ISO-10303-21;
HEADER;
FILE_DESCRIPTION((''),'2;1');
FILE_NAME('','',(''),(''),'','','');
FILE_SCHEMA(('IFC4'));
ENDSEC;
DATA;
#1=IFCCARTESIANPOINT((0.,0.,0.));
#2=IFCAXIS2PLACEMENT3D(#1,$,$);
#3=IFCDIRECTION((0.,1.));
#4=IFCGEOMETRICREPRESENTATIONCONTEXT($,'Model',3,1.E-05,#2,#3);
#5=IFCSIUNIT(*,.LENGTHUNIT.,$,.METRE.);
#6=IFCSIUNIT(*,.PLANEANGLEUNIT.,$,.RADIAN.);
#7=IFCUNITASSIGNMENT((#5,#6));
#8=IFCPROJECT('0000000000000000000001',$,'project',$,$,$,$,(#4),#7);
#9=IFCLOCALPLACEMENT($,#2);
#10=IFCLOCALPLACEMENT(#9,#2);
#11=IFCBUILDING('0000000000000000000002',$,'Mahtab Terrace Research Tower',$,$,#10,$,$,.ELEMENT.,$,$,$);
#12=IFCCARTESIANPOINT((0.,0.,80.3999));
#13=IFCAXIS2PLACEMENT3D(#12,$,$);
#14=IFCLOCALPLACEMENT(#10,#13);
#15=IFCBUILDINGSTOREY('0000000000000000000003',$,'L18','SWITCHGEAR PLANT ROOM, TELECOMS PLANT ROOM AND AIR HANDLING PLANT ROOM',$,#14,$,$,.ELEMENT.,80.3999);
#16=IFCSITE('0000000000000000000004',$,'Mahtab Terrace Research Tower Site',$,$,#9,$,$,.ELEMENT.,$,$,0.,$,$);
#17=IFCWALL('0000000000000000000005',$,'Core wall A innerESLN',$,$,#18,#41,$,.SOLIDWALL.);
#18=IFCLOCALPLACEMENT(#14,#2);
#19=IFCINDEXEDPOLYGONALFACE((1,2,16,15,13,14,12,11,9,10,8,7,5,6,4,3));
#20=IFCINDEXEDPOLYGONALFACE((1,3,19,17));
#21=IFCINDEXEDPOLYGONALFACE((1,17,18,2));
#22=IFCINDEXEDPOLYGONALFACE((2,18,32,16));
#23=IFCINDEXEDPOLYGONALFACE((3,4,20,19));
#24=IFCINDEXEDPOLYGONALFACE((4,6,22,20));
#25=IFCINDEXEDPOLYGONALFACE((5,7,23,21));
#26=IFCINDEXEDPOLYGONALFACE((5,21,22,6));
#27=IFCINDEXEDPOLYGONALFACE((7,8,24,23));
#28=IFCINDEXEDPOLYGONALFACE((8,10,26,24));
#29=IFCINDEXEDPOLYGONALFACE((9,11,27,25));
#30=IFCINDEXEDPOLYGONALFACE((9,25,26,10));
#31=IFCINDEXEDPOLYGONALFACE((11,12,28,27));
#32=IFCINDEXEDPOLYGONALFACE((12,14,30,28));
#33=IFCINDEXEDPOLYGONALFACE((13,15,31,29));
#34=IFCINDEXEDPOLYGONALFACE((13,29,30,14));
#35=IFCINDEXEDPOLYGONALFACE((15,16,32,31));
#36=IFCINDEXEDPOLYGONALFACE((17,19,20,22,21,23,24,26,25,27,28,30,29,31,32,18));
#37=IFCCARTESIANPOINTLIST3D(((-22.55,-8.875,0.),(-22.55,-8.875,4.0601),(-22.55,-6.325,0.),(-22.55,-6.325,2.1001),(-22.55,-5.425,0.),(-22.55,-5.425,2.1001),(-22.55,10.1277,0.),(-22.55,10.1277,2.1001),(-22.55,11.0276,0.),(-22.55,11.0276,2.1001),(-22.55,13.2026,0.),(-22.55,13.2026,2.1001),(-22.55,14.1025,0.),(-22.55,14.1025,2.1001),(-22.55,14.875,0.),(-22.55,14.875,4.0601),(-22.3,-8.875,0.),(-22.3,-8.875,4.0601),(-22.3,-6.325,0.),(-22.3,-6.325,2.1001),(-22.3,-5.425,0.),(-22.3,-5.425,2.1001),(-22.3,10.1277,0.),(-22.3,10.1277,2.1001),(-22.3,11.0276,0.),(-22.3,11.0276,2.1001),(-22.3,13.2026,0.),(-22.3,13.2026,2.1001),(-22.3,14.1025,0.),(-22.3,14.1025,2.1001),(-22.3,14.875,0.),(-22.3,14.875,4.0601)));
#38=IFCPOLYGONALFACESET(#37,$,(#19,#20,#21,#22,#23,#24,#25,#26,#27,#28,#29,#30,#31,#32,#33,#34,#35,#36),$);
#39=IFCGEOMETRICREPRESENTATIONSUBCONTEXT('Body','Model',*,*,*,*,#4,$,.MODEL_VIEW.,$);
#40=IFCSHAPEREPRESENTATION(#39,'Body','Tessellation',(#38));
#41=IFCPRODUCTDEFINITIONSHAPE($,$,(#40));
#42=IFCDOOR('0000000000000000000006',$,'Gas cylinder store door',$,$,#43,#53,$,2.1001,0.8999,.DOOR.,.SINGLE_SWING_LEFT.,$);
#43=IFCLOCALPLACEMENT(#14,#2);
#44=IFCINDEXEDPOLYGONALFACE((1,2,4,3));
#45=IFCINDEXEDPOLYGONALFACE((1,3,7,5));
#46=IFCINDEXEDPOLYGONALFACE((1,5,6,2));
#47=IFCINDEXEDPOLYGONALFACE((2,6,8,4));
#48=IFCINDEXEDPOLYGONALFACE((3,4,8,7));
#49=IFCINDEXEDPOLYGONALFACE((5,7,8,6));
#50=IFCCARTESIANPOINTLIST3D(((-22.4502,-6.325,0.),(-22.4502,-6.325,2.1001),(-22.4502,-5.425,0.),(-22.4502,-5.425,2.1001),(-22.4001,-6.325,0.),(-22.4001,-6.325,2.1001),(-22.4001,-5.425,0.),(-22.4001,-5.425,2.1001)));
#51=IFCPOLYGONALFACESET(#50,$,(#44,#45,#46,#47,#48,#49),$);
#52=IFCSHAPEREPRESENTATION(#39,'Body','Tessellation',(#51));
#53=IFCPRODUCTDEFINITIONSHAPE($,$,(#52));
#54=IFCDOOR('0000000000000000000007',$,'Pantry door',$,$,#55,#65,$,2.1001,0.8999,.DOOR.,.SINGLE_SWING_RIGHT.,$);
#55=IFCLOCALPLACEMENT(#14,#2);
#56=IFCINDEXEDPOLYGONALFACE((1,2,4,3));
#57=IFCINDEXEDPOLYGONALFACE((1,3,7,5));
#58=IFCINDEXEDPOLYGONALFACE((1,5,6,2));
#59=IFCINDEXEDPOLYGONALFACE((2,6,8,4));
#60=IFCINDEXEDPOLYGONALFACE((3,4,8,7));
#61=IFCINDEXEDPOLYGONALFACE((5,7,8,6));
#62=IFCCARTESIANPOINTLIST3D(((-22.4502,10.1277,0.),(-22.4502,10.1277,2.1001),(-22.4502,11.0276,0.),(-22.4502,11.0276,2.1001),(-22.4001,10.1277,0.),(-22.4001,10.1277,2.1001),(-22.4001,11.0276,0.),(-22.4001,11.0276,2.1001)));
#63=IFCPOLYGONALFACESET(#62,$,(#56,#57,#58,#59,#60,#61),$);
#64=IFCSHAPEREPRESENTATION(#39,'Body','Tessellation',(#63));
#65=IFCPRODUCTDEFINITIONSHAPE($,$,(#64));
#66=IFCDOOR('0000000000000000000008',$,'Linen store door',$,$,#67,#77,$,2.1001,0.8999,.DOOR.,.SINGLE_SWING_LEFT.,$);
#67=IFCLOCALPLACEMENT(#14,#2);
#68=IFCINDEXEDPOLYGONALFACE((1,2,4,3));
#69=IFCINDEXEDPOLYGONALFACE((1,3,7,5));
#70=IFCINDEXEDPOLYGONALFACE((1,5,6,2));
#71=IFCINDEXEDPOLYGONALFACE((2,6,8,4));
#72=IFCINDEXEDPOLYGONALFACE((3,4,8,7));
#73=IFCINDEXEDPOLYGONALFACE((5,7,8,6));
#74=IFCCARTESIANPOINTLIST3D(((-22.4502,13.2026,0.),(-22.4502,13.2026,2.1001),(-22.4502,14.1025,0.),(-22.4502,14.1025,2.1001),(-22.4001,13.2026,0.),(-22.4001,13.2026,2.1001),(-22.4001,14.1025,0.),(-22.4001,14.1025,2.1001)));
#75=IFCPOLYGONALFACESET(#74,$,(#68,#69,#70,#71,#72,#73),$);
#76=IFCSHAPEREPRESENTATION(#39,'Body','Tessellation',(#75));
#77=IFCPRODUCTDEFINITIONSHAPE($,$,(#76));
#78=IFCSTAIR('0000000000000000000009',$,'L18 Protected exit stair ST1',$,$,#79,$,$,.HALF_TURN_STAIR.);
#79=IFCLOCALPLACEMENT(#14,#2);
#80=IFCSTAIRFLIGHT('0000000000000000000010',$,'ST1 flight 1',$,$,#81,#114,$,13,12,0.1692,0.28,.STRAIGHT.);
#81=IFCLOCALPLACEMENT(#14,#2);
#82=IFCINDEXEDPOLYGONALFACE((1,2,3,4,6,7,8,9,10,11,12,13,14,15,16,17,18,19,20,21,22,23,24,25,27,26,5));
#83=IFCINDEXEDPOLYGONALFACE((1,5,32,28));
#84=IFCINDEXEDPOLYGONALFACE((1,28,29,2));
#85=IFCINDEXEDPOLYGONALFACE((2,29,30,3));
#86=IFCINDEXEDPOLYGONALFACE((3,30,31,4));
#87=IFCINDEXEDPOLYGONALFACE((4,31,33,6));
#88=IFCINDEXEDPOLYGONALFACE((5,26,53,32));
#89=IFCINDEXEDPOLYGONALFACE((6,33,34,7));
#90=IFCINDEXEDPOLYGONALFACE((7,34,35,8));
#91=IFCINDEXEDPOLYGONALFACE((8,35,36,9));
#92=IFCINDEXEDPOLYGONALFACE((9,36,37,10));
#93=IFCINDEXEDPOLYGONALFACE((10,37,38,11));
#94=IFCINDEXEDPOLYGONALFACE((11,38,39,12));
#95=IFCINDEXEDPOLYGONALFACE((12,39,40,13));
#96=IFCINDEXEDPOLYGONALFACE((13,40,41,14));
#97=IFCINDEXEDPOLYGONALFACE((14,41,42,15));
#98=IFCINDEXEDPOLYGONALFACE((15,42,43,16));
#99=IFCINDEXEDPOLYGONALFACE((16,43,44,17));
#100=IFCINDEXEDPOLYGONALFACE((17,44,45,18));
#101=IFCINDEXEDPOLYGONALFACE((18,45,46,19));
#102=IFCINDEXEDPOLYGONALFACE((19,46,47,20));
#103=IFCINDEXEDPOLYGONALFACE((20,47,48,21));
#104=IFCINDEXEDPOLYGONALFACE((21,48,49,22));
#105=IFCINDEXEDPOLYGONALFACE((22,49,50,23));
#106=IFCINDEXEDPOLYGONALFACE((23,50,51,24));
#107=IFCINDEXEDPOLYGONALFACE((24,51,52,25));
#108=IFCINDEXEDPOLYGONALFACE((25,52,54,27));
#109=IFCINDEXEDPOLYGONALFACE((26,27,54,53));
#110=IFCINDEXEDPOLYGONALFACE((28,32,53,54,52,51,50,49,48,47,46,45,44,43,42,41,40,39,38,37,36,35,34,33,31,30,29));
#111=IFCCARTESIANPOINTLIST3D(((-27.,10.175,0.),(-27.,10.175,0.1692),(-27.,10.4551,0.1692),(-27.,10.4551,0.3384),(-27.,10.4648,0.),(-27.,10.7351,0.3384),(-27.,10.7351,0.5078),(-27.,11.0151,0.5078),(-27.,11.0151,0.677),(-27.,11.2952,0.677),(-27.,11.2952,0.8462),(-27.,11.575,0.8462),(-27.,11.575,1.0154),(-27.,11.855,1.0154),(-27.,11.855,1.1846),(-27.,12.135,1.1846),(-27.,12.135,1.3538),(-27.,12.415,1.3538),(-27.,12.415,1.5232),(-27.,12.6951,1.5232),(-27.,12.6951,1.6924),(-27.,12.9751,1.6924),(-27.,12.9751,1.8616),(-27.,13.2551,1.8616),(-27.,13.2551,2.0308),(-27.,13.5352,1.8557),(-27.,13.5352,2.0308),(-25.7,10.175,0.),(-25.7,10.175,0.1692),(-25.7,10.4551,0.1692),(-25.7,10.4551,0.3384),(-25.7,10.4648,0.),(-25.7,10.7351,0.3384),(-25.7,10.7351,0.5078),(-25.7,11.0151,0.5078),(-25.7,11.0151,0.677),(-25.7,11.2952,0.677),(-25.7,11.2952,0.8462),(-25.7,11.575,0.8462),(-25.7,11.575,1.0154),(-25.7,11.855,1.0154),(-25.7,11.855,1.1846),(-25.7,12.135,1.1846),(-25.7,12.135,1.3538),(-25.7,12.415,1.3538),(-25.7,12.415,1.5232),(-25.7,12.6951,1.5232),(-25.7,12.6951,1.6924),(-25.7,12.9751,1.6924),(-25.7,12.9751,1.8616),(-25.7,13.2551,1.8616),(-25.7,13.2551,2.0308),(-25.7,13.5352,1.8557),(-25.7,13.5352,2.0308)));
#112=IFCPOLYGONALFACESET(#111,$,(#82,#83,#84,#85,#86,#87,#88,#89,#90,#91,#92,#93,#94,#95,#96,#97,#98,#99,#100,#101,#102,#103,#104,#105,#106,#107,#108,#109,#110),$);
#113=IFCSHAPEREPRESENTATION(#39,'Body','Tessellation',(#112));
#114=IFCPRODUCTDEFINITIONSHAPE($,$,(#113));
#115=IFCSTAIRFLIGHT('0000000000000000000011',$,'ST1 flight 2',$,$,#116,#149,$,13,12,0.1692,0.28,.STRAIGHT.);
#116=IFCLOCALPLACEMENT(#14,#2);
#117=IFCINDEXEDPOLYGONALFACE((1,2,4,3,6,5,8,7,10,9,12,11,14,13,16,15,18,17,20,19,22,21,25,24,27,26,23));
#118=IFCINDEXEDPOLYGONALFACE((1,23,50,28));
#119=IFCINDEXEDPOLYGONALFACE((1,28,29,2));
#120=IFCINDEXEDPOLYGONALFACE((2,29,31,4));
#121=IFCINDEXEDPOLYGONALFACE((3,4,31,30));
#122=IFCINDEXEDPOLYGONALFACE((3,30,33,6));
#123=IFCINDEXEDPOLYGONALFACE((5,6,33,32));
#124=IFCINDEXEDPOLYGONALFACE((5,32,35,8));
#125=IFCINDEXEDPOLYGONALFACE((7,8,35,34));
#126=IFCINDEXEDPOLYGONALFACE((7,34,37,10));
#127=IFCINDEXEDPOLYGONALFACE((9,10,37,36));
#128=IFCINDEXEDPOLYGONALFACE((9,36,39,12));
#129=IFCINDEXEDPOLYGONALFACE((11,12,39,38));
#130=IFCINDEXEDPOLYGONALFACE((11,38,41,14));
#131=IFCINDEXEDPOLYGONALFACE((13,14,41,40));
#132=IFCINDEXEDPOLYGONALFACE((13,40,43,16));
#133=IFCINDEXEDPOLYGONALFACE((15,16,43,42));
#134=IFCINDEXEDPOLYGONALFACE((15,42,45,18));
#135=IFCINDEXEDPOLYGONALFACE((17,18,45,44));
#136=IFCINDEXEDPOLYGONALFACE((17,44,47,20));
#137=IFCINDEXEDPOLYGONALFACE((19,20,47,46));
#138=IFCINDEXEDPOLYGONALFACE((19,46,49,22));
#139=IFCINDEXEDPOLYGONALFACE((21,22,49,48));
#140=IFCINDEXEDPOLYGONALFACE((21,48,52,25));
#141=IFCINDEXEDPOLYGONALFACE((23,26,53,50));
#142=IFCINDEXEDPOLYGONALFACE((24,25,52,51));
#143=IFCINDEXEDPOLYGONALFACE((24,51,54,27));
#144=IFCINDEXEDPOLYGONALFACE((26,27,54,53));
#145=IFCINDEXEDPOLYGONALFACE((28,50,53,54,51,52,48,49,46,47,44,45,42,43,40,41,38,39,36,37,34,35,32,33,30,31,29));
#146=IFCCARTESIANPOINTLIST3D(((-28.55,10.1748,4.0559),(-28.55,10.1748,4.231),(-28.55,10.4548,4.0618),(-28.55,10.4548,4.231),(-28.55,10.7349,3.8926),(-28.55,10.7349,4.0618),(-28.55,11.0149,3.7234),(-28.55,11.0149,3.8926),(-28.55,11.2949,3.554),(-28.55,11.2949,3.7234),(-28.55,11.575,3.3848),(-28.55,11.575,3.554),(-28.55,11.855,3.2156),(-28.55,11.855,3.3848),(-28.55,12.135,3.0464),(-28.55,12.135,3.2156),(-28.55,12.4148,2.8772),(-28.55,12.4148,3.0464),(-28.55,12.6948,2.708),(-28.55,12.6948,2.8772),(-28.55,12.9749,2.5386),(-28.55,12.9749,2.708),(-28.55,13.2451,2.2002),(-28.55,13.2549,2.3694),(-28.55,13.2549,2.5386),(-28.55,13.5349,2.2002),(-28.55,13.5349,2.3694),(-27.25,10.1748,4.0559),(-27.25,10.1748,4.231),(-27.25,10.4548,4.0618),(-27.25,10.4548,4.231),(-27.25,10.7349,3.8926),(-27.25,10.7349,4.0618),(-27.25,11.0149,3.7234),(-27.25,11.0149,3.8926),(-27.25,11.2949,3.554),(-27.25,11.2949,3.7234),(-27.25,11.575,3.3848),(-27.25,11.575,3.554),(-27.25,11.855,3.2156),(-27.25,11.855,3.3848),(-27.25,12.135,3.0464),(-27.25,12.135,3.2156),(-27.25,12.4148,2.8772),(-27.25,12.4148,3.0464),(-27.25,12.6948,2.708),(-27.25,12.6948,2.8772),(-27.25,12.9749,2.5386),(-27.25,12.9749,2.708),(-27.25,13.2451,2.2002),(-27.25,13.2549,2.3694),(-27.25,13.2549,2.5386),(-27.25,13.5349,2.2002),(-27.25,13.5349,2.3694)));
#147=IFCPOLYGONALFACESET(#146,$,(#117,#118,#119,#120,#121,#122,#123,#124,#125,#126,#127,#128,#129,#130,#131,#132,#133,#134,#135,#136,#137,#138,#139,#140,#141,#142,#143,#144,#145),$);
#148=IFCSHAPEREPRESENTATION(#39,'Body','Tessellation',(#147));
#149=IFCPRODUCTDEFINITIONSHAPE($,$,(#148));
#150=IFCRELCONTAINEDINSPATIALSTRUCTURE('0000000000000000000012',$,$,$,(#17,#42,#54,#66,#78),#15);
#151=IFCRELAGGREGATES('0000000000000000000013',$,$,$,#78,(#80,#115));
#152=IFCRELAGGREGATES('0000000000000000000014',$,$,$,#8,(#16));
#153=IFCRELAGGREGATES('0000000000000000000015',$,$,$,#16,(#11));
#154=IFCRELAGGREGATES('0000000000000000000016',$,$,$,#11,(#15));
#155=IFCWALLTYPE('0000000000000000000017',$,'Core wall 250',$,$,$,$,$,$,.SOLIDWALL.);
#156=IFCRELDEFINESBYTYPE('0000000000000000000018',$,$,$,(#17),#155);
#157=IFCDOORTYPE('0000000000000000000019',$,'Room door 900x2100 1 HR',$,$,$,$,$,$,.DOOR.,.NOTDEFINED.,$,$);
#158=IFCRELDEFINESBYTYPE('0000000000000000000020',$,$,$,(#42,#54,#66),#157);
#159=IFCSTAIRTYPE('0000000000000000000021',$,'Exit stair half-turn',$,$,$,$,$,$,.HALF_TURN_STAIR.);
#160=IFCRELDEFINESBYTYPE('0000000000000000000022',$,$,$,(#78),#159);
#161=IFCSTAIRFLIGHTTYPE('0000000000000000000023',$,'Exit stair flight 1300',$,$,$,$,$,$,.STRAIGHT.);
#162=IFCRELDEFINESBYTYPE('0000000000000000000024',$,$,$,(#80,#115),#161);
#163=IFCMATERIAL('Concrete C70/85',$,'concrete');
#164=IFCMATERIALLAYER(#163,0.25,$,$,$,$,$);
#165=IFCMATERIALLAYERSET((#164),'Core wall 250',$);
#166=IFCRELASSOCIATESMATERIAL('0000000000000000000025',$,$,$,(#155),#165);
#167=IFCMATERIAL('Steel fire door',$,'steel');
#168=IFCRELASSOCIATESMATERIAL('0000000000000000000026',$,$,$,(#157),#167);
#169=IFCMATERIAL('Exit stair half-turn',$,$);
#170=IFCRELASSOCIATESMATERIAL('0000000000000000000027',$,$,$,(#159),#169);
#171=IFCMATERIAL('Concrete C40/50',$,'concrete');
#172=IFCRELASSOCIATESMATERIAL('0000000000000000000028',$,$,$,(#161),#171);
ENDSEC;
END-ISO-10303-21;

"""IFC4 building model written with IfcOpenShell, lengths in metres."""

from ifc_helpers import new_model, si_unit, direction, frame, frame_2d, origin, place, context, subcontext, project, spatial, polyline, rectangle, outline, extrude, material, layer, layer_set, type_object, element, fill, aggregate, save


model = new_model("IFC4")

# Units and contexts
model_context = context("Model", 3, precision=1e-05, world=origin(), true_north=direction((0.0, 1.0)))
body_context = subcontext(model_context, "Body", "Model", "MODEL_VIEW")
ifc_project = project(units=[si_unit("LENGTHUNIT", "METRE"), si_unit("PLANEANGLEUNIT", "RADIAN")], contexts=[model_context])

# Site, building, storey
site_placement = place(None, origin())
site = spatial("IfcSite", under=ifc_project, at=site_placement, Name="Mahtab Terrace Research Tower Site", CompositionType="ELEMENT", RefElevation=0.0)
building_placement = place(site_placement, origin())
building = spatial("IfcBuilding", under=site, at=building_placement, Name="Mahtab Terrace Research Tower", CompositionType="ELEMENT")
storey_placement = place(building_placement, frame((0.0, 0.0, 80.3999)))
storey = spatial("IfcBuildingStorey", under=building, at=storey_placement, Name="L18", Description="SWITCHGEAR PLANT ROOM, TELECOMS PLANT ROOM AND AIR HANDLING PLANT ROOM", CompositionType="ELEMENT", Elevation=80.3999)

# Shared definitions
ifc_material_1 = material(Name="Concrete C70/85", Category="concrete")
ifc_layer_1 = layer(ifc_material_1, 0.25)
ifc_layer_set_1 = layer_set([ifc_layer_1], Name="Core wall 250")
wall_type = type_object("IfcWallType", Name="Core wall 250", PredefinedType="SOLIDWALL", material=ifc_layer_set_1)

# Shared definitions
ifc_material_2 = material(Name="Steel fire door", Category="steel")

# Wall, openings, doors
wall_1_placement = place(storey_placement, frame((-22.425, 14.875, 0.0), z_axis=(0.0, 0.0, 1.0), x_axis=(0.0, -1.0, 0.0)))
wall_1 = element("IfcWall", 1, at=wall_1_placement, inside=storey, type_object=wall_type, Name="Core wall A innerESLN", PredefinedType="SOLIDWALL", context=body_context, shape_type="SweptSolid", body=[
    extrude(rectangle(XDim=23.75, YDim=0.25, at=frame_2d((11.875, 0.0))), origin(), (0.0, 0.0, 1.0), 4.0601),
])
opening_1_placement = place(wall_1_placement, frame((20.3, 0.0, 0.0)))
opening_1 = element("IfcOpeningElement", 2, at=opening_1_placement, cuts=wall_1, PredefinedType="OPENING", context=body_context, shape_type="SweptSolid", body=[
    extrude(rectangle(XDim=0.8999, YDim=2.1001, at=frame_2d((0.45, 1.05))), frame((0.0, 0.135, 0.0), z_axis=(0.0, -1.0, 0.0), x_axis=(1.0, 0.0, 0.0)), (0.0, 0.0, 1.0), 0.27),
])
opening_2_placement = place(wall_1_placement, frame((3.8474, 0.0, 0.0)))
opening_2 = element("IfcOpeningElement", 3, at=opening_2_placement, cuts=wall_1, PredefinedType="OPENING", context=body_context, shape_type="SweptSolid", body=[
    extrude(rectangle(XDim=0.8999, YDim=2.1001, at=frame_2d((0.45, 1.05))), frame((0.0, 0.135, 0.0), z_axis=(0.0, -1.0, 0.0), x_axis=(1.0, 0.0, 0.0)), (0.0, 0.0, 1.0), 0.27),
])
opening_3_placement = place(wall_1_placement, frame((0.7725, 0.0, 0.0)))
opening_3 = element("IfcOpeningElement", 4, at=opening_3_placement, cuts=wall_1, PredefinedType="OPENING", context=body_context, shape_type="SweptSolid", body=[
    extrude(rectangle(XDim=0.8999, YDim=2.1001, at=frame_2d((0.45, 1.05))), frame((0.0, 0.135, 0.0), z_axis=(0.0, -1.0, 0.0), x_axis=(1.0, 0.0, 0.0)), (0.0, 0.0, 1.0), 0.27),
])
door_type_1 = type_object("IfcDoorType", Name="Room door 900x2100 1 HR", OperationType="NOTDEFINED", PredefinedType="DOOR", material=ifc_material_2)
door_1_placement = place(opening_1_placement, origin())
door_1 = element("IfcDoor", 5, at=door_1_placement, inside=storey, type_object=door_type_1, Name="Gas cylinder store door", OperationType="SINGLE_SWING_LEFT", OverallHeight=2.1001, OverallWidth=0.8999, PredefinedType="DOOR", context=body_context, shape_type="SweptSolid", body=[
    extrude(rectangle(XDim=0.8999, YDim=2.1001, at=frame_2d((0.45, 1.05))), frame((0.0, 0.0249, 0.0), z_axis=(0.0, -1.0, 0.0), x_axis=(1.0, 0.0, 0.0)), (0.0, 0.0, 1.0), 0.05),
])
fill(opening_1, door_1)
door_2_placement = place(opening_2_placement, origin())
door_2 = element("IfcDoor", 6, at=door_2_placement, inside=storey, type_object=door_type_1, Name="Pantry door", OperationType="SINGLE_SWING_RIGHT", OverallHeight=2.1001, OverallWidth=0.8999, PredefinedType="DOOR", context=body_context, shape_type="SweptSolid", body=[
    extrude(rectangle(XDim=0.8999, YDim=2.1001, at=frame_2d((0.45, 1.05))), frame((0.0, 0.0249, 0.0), z_axis=(0.0, -1.0, 0.0), x_axis=(1.0, 0.0, 0.0)), (0.0, 0.0, 1.0), 0.05),
])
fill(opening_2, door_2)
door_3_placement = place(opening_3_placement, origin())
door_3 = element("IfcDoor", 7, at=door_3_placement, inside=storey, type_object=door_type_1, Name="Linen store door", OperationType="SINGLE_SWING_LEFT", OverallHeight=2.1001, OverallWidth=0.8999, PredefinedType="DOOR", context=body_context, shape_type="SweptSolid", body=[
    extrude(rectangle(XDim=0.8999, YDim=2.1001, at=frame_2d((0.45, 1.05))), frame((0.0, 0.0249, 0.0), z_axis=(0.0, -1.0, 0.0), x_axis=(1.0, 0.0, 0.0)), (0.0, 0.0, 1.0), 0.05),
])
fill(opening_3, door_3)

# Stair, stair flights
ifc_material_3 = material(Name="Exit stair half-turn")
stair_type = type_object("IfcStairType", Name="Exit stair half-turn", PredefinedType="HALF_TURN_STAIR", material=ifc_material_3)
stair_placement = place(storey_placement, origin())
stair = element("IfcStair", 8, at=stair_placement, inside=storey, type_object=stair_type, Name="L18 Protected exit stair ST1", PredefinedType="HALF_TURN_STAIR")
ifc_material_4 = material(Name="Concrete C40/50", Category="concrete")
stair_flight_type = type_object("IfcStairFlightType", Name="Exit stair flight 1300", PredefinedType="STRAIGHT", material=ifc_material_4)
stair_flight_1_placement = place(storey_placement, frame((-26.3501, 10.175, 0.0), z_axis=(0.0, 0.0, 1.0), x_axis=(0.0, 1.0, 0.0)))
stair_flight_1 = element("IfcStairFlight", 9, at=stair_flight_1_placement, type_object=stair_flight_type, Name="ST1 flight 1", NumberOfRisers=13, NumberOfTreads=12, PredefinedType="STRAIGHT", RiserHeight=0.1692, TreadLength=0.28, context=body_context, shape_type="SweptSolid", body=[
    extrude(outline(polyline([(0.0, 0.0), (0.0, 0.1692), (0.28, 0.1692), (0.28, 0.3384), (0.5601, 0.3384), (0.5601, 0.5078), (0.8401, 0.5078), (0.8401, 0.677), (1.1201, 0.677), (1.1201, 0.8462), (1.3999, 0.8462), (1.3999, 1.0154), (1.6799, 1.0154), (1.6799, 1.1846), (1.96, 1.1846), (1.96, 1.3538), (2.24, 1.3538), (2.24, 1.5232), (2.52, 1.5232), (2.52, 1.6924), (2.8, 1.6924), (2.8, 1.8616), (3.0801, 1.8616), (3.0801, 2.0308), (3.3601, 2.0308), (3.3601, 2.2), (3.3601, 1.8557), (0.2898, 0.0), (0.0, 0.0)])), frame((0.0, 0.6499, 0.0), z_axis=(0.0, -1.0, 0.0), x_axis=(1.0, 0.0, 0.0)), (0.0, 0.0, 1.0), 1.3),
])
stair_flight_2_placement = place(storey_placement, frame((-27.8999, 13.5349, 2.2002), z_axis=(0.0, 0.0, 1.0), x_axis=(0.0, -1.0, 0.0)))
stair_flight_2 = element("IfcStairFlight", 10, at=stair_flight_2_placement, type_object=stair_flight_type, Name="ST1 flight 2", NumberOfRisers=13, NumberOfTreads=12, PredefinedType="STRAIGHT", RiserHeight=0.1692, TreadLength=0.28, context=body_context, shape_type="SweptSolid", body=[
    extrude(outline(polyline([(0.0, 0.0), (0.0, 0.1692), (0.28, 0.1692), (0.28, 0.3384), (0.5601, 0.3384), (0.5601, 0.5078), (0.8401, 0.5078), (0.8401, 0.677), (1.1201, 0.677), (1.1201, 0.8462), (1.3999, 0.8462), (1.3999, 1.0154), (1.6799, 1.0154), (1.6799, 1.1846), (1.96, 1.1846), (1.96, 1.3538), (2.24, 1.3538), (2.24, 1.5232), (2.52, 1.5232), (2.52, 1.6924), (2.8, 1.6924), (2.8, 1.8616), (3.0801, 1.8616), (3.0801, 2.0308), (3.3601, 2.0308), (3.3601, 2.2), (3.3601, 1.8557), (0.2898, 0.0), (0.0, 0.0)])), frame((0.0, 0.6499, 0.0), z_axis=(0.0, -1.0, 0.0), x_axis=(1.0, 0.0, 0.0)), (0.0, 0.0, 1.0), 1.3),
])
aggregate(stair, [stair_flight_1, stair_flight_2])

save(model, "model.ifc")
